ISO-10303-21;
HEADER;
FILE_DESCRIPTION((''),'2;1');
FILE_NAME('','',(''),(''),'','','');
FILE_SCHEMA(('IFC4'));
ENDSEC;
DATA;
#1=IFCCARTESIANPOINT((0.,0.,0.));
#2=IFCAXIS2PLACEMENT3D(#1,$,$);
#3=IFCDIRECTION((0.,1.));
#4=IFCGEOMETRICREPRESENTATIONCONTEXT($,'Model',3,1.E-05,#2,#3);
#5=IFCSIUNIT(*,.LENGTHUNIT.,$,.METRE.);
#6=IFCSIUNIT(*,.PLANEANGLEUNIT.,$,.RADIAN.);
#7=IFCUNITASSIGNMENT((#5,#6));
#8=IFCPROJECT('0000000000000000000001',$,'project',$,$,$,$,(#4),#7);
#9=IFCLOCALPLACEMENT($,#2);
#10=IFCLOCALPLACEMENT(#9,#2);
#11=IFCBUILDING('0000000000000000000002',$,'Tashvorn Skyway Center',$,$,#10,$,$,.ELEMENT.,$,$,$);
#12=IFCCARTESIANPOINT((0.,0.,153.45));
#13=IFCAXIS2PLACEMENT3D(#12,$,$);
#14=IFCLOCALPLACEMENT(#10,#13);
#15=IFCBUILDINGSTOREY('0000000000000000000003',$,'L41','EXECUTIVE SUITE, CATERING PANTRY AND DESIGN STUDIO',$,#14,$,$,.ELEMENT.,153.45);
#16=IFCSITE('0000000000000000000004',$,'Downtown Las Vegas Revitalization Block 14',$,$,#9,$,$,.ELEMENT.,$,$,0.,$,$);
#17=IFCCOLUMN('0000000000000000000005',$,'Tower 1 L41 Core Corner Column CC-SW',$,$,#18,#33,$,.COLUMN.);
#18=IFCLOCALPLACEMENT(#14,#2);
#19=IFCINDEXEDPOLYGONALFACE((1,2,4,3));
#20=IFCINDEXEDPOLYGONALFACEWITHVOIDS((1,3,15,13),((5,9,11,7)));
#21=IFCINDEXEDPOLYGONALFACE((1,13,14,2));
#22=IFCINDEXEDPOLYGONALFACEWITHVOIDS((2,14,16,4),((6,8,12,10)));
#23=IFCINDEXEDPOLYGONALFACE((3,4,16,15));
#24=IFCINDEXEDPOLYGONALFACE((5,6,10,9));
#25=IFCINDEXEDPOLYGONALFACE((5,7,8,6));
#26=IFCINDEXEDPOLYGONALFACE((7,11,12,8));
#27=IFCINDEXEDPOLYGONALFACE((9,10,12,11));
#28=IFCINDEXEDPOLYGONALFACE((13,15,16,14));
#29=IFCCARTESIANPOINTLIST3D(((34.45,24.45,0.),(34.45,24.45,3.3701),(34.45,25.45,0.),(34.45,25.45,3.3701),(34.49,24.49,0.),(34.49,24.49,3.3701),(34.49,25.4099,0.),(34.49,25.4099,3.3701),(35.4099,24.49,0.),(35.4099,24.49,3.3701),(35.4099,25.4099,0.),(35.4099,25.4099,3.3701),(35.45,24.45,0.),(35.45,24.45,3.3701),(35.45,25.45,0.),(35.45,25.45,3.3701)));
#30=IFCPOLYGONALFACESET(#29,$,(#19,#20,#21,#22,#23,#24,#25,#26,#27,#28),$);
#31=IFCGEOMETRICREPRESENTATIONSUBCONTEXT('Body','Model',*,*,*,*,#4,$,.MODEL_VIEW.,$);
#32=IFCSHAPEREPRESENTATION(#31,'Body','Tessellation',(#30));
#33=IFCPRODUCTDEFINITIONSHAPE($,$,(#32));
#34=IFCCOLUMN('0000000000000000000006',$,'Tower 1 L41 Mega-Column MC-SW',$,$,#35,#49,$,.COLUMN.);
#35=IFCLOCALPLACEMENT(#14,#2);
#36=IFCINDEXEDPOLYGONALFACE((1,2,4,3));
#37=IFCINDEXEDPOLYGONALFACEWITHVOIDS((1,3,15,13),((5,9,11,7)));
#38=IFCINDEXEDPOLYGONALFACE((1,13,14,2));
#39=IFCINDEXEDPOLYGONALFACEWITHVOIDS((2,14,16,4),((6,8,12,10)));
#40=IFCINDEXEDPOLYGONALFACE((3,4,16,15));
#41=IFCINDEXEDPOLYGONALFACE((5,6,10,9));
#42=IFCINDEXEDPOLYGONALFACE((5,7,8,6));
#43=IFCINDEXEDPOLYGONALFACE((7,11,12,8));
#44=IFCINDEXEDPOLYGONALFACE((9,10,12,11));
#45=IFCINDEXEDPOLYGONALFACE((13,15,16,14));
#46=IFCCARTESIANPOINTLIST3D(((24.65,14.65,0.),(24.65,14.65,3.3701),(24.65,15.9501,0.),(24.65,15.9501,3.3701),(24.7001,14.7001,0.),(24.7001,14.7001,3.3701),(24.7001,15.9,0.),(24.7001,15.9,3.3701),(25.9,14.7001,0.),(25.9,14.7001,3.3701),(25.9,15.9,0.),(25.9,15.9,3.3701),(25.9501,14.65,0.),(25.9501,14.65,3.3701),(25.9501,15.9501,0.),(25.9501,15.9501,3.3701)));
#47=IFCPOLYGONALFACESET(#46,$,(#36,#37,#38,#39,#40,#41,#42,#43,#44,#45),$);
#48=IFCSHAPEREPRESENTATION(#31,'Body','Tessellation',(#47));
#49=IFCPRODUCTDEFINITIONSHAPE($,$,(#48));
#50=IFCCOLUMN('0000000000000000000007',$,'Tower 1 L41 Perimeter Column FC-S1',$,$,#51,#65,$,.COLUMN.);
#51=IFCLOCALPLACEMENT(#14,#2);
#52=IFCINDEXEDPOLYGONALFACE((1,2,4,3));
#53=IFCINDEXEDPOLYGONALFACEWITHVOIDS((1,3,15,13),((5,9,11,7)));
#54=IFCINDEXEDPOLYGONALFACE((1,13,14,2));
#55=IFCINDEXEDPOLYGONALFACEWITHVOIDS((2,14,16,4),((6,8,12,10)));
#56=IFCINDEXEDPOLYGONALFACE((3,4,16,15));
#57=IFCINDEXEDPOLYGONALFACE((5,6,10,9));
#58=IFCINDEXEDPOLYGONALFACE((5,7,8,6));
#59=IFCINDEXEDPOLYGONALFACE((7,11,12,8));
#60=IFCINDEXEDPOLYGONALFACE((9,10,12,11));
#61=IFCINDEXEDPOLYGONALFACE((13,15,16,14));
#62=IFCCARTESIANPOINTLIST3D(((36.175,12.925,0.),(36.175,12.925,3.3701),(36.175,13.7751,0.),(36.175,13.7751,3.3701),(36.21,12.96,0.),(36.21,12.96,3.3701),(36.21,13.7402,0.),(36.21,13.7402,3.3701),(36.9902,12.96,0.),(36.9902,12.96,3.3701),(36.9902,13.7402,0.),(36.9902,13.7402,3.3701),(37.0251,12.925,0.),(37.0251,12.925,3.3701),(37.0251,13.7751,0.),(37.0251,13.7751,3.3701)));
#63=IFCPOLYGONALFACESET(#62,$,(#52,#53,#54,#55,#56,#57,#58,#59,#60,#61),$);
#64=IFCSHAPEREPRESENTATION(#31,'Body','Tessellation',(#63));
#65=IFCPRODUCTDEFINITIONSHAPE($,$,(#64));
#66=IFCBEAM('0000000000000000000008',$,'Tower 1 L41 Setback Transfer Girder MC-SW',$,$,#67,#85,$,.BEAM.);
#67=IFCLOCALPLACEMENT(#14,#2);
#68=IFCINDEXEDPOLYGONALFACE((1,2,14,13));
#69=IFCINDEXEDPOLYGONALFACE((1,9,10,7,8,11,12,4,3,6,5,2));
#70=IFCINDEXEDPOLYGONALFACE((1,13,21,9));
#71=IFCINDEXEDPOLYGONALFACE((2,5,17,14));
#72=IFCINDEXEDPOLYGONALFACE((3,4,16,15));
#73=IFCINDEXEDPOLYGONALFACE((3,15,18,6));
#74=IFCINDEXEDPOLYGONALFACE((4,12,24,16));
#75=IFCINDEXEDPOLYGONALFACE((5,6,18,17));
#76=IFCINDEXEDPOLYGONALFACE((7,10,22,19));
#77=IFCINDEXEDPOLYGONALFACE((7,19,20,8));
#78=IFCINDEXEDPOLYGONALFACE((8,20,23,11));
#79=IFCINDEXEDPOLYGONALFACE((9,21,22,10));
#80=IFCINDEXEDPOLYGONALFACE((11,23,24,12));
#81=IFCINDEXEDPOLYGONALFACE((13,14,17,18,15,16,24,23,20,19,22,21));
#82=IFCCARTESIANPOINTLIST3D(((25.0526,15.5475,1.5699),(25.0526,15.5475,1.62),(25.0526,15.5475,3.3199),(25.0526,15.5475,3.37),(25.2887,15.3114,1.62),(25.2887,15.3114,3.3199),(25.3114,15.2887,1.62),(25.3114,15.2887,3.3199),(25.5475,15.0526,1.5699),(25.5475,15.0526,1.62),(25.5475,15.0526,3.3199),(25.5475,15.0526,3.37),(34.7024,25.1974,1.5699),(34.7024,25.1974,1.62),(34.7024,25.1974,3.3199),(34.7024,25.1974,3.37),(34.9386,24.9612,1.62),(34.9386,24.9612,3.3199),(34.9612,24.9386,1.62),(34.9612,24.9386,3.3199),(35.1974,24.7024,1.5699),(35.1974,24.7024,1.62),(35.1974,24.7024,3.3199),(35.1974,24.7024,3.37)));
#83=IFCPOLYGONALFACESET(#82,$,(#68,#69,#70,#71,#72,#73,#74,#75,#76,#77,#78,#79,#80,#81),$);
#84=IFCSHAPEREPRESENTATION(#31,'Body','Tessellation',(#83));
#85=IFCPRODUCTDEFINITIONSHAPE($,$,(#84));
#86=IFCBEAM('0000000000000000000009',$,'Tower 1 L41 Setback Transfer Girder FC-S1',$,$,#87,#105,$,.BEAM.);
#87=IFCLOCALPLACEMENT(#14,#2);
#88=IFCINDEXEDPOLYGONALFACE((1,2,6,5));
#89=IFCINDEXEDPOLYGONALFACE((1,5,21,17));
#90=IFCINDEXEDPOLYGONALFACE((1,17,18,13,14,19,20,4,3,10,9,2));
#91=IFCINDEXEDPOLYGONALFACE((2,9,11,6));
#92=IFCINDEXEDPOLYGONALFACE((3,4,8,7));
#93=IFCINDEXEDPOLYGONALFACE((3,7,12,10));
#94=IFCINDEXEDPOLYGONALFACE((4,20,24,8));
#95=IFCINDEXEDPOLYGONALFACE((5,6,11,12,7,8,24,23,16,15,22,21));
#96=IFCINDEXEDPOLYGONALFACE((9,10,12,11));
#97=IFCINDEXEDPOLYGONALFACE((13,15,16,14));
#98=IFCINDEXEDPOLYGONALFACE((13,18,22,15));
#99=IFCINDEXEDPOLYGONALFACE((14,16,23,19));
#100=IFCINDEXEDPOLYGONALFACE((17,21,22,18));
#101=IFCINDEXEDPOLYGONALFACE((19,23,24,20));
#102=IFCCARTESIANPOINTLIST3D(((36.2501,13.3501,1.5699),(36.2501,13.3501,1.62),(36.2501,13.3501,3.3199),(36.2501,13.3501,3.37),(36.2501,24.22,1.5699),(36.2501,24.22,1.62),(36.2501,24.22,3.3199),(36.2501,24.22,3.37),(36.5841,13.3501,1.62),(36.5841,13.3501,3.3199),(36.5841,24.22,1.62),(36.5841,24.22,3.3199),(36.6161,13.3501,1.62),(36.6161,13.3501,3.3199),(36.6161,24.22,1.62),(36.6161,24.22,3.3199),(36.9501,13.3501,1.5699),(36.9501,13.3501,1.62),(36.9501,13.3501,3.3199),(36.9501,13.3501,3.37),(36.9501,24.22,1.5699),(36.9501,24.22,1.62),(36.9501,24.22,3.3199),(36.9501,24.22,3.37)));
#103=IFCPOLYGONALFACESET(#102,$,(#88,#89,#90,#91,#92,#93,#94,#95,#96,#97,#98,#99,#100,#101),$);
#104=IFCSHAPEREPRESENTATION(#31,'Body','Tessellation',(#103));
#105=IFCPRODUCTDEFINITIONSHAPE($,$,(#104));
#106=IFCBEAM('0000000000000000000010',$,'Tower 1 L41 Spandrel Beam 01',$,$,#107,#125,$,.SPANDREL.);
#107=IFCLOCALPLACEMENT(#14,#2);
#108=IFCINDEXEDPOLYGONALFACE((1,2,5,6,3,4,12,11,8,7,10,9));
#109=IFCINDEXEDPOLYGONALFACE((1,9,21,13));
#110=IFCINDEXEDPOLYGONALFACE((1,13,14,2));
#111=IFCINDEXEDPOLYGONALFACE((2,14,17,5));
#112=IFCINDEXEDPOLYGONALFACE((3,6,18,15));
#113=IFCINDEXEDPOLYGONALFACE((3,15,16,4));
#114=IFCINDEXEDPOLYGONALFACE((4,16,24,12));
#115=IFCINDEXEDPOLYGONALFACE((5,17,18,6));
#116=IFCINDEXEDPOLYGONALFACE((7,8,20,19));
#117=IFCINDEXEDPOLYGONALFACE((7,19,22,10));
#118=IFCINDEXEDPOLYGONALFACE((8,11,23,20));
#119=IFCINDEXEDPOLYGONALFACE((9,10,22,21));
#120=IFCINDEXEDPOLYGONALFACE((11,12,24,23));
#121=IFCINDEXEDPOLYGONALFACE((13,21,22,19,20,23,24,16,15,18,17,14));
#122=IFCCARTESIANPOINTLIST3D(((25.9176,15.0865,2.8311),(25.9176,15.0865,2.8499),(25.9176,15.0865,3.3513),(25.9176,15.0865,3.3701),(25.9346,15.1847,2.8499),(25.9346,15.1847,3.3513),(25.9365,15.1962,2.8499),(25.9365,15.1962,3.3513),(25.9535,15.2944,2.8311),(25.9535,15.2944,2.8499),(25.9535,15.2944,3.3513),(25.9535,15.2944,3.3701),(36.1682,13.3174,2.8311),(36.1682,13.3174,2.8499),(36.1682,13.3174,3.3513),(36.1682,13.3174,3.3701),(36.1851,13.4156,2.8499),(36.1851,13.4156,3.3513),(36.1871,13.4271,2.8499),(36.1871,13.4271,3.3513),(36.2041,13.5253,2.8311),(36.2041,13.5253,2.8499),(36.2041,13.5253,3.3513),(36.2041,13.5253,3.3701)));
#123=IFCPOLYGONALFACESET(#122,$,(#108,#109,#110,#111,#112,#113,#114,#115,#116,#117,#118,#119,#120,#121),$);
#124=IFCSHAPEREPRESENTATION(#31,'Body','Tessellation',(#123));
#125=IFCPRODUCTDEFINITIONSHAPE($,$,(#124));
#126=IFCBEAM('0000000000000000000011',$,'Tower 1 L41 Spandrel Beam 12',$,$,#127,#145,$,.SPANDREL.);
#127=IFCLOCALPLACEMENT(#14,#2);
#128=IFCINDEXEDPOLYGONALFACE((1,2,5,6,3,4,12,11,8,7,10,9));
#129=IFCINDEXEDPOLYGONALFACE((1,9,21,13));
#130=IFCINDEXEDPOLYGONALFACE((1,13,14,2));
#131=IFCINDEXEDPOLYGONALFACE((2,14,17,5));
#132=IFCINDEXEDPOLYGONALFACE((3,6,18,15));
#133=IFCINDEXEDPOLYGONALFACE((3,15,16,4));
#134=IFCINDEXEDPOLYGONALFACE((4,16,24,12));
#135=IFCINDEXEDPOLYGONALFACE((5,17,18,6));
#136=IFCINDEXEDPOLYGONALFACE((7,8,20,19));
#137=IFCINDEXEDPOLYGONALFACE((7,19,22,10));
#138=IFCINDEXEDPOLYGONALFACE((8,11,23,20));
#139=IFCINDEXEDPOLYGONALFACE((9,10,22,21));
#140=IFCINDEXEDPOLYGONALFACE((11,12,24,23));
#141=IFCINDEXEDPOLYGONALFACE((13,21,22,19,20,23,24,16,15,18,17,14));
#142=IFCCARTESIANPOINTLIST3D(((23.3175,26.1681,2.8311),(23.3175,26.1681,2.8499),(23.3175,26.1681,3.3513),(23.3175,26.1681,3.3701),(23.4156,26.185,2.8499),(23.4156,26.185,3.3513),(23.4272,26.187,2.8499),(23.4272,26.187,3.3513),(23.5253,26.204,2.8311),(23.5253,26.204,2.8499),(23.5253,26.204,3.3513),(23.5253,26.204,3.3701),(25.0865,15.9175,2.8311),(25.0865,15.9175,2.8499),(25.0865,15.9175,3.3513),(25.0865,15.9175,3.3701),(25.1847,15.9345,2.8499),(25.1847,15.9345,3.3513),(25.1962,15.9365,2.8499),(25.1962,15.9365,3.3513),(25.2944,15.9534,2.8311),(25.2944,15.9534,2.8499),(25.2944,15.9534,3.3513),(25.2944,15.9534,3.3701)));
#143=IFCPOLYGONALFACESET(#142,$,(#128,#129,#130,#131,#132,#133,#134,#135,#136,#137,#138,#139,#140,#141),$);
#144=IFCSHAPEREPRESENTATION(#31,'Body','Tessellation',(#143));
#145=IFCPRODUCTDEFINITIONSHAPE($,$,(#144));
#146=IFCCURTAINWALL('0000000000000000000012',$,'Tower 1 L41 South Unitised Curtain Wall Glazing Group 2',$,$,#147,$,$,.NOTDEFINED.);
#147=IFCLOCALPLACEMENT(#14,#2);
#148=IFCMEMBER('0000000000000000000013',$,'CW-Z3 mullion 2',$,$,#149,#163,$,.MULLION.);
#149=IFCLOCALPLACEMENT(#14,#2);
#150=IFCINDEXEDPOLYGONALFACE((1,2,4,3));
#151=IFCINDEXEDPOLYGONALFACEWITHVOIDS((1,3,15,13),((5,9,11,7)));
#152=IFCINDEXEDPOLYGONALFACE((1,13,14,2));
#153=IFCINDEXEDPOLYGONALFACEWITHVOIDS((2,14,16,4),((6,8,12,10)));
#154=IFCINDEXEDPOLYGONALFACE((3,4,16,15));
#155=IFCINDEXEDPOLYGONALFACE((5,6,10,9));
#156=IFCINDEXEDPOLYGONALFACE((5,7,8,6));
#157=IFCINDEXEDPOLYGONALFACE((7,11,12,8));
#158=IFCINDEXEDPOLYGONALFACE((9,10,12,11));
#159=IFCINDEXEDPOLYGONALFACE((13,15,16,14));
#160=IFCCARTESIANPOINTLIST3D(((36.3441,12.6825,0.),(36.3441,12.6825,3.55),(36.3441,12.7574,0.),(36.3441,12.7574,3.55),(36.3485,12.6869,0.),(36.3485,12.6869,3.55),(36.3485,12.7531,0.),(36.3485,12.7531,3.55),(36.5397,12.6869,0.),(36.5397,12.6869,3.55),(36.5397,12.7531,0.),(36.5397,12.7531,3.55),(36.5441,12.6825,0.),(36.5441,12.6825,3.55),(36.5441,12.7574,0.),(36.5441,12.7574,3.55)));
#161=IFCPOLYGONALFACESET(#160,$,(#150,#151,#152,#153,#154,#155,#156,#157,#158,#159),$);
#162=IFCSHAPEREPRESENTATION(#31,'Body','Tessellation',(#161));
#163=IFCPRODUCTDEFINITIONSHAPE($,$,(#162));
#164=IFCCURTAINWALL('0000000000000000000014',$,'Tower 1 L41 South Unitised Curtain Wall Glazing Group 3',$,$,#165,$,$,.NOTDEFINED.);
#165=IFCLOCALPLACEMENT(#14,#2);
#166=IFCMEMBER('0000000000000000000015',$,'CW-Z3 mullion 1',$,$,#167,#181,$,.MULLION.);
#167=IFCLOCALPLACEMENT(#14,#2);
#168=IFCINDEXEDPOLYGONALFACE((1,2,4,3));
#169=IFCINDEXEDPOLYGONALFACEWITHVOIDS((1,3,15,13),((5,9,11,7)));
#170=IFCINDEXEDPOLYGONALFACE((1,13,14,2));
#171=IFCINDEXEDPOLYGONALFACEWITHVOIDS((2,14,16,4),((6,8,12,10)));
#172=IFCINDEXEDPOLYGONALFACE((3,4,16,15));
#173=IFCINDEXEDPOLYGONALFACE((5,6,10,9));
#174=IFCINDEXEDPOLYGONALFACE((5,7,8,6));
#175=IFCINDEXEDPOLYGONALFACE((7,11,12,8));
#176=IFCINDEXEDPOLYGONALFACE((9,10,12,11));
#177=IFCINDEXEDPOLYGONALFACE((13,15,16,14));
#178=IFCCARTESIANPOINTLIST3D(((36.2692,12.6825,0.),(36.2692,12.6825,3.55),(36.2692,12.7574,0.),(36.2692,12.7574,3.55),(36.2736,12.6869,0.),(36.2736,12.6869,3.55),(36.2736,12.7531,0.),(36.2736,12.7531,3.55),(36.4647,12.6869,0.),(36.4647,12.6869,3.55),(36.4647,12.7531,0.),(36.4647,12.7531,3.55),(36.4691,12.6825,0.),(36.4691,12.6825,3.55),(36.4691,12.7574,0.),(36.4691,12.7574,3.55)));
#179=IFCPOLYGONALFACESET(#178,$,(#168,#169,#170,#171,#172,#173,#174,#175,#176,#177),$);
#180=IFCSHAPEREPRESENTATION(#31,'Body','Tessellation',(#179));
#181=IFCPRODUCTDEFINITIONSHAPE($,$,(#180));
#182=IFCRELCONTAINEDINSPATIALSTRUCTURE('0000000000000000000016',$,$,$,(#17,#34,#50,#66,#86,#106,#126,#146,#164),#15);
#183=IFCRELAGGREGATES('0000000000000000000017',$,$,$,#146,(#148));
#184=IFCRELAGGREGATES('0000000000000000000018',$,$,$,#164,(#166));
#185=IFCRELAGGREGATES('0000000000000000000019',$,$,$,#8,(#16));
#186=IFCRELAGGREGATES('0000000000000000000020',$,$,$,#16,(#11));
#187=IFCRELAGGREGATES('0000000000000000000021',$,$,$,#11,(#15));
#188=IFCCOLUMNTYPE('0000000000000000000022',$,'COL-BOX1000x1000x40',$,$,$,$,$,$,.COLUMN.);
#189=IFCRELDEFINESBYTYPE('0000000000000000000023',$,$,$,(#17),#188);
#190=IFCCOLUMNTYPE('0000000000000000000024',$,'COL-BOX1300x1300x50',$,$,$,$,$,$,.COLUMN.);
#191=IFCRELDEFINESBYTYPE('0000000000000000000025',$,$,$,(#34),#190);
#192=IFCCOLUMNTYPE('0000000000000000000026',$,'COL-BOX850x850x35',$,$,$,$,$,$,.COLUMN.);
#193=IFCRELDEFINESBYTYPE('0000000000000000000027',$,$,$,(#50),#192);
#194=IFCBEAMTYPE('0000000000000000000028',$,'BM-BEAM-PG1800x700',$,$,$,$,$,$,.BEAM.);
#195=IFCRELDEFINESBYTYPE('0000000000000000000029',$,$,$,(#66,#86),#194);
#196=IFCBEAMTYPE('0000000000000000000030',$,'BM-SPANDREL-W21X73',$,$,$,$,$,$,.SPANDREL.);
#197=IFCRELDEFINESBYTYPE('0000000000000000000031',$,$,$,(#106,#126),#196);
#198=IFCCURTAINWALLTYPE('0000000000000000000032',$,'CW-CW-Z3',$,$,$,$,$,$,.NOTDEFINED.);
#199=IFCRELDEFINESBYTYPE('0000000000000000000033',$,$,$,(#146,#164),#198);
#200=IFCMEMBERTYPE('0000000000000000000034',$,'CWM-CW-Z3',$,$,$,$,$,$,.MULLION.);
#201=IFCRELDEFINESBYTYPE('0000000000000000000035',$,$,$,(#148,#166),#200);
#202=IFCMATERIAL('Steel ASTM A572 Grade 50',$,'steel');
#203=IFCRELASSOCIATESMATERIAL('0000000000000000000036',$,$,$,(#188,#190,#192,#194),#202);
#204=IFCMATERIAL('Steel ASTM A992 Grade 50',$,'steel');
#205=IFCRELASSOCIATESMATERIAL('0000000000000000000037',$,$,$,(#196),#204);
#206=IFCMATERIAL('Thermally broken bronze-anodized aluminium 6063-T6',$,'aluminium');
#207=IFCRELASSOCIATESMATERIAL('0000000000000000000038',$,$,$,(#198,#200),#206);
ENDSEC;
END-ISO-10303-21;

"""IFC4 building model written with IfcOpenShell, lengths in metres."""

from ifc_helpers import new_model, si_unit, direction, frame, origin, origin_2d, place, context, subcontext, project, spatial, hollow_rectangle, i_section, extrude, material, material_profile, profile_set, type_object, element, aggregate, save


model = new_model("IFC4")

# Units and contexts
model_context = context("Model", 3, precision=1e-05, world=origin(), true_north=direction((0.0, 1.0)))
body_context = subcontext(model_context, "Body", "Model", "MODEL_VIEW")
ifc_project = project(units=[si_unit("LENGTHUNIT", "METRE"), si_unit("PLANEANGLEUNIT", "RADIAN")], contexts=[model_context])

# Site, building, storey
site_placement = place(None, origin())
site = spatial("IfcSite", under=ifc_project, at=site_placement, Name="Downtown Las Vegas Revitalization Block 14", CompositionType="ELEMENT", RefElevation=0.0)
building_placement = place(site_placement, origin())
building = spatial("IfcBuilding", under=site, at=building_placement, Name="Tashvorn Skyway Center", CompositionType="ELEMENT")
storey_placement = place(building_placement, frame((0.0, 0.0, 153.45)))
storey = spatial("IfcBuildingStorey", under=building, at=storey_placement, Name="L41", Description="EXECUTIVE SUITE, CATERING PANTRY AND DESIGN STUDIO", CompositionType="ELEMENT", Elevation=153.45)

# Columns
ifc_material_1 = material(Name="Steel ASTM A572 Grade 50", Category="steel")
ifc_material_profile_1 = material_profile(ifc_material_1, hollow_rectangle(XDim=1.0, YDim=1.0, WallThickness=0.04, at=origin_2d()), Name="BOX1000x1000x40")
ifc_profile_set_1 = profile_set([ifc_material_profile_1], Name="Steel ASTM A572 Grade 50")
column_type_1 = type_object("IfcColumnType", Name="COL-BOX1000x1000x40", PredefinedType="COLUMN", material=ifc_profile_set_1)
column_1_placement = place(storey_placement, frame((34.95, 24.95, 0.0), z_axis=(0.0, 0.0, 1.0), x_axis=(1.0, 0.0, 0.0)))
element("IfcColumn", 1, at=column_1_placement, inside=storey, type_object=column_type_1, Name="Tower 1 L41 Core Corner Column CC-SW", PredefinedType="COLUMN", context=body_context, shape_type="SweptSolid", body=[
    extrude(hollow_rectangle(XDim=1.0, YDim=1.0, WallThickness=0.04, at=origin_2d()), origin(), (0.0, 0.0, 1.0), 3.3701),
])
ifc_material_profile_2 = material_profile(ifc_material_1, hollow_rectangle(XDim=1.3, YDim=1.3, WallThickness=0.05, at=origin_2d()), Name="BOX1300x1300x50")
ifc_profile_set_2 = profile_set([ifc_material_profile_2], Name="Steel ASTM A572 Grade 50")
column_type_2 = type_object("IfcColumnType", Name="COL-BOX1300x1300x50", PredefinedType="COLUMN", material=ifc_profile_set_2)
column_2_placement = place(storey_placement, frame((25.3, 15.3, 0.0), z_axis=(0.0, 0.0, 1.0), x_axis=(1.0, 0.0, 0.0)))
element("IfcColumn", 2, at=column_2_placement, inside=storey, type_object=column_type_2, Name="Tower 1 L41 Mega-Column MC-SW", PredefinedType="COLUMN", context=body_context, shape_type="SweptSolid", body=[
    extrude(hollow_rectangle(XDim=1.3, YDim=1.3, WallThickness=0.05, at=origin_2d()), origin(), (0.0, 0.0, 1.0), 3.3701),
])
ifc_material_profile_3 = material_profile(ifc_material_1, hollow_rectangle(XDim=0.8501, YDim=0.8501, WallThickness=0.0349, at=origin_2d()), Name="BOX850x850x35")
ifc_profile_set_3 = profile_set([ifc_material_profile_3], Name="Steel ASTM A572 Grade 50")
column_type_3 = type_object("IfcColumnType", Name="COL-BOX850x850x35", PredefinedType="COLUMN", material=ifc_profile_set_3)
column_3_placement = place(storey_placement, frame((36.6001, 13.3501, 0.0), z_axis=(0.0, 0.0, 1.0), x_axis=(1.0, 0.0, 0.0)))
element("IfcColumn", 3, at=column_3_placement, inside=storey, type_object=column_type_3, Name="Tower 1 L41 Perimeter Column FC-S1", PredefinedType="COLUMN", context=body_context, shape_type="SweptSolid", body=[
    extrude(hollow_rectangle(XDim=0.8501, YDim=0.8501, WallThickness=0.0349, at=origin_2d()), origin(), (0.0, 0.0, 1.0), 3.3701),
])

# Beams
ifc_material_profile_4 = material_profile(ifc_material_1, i_section(OverallWidth=0.7, OverallDepth=1.8, WebThickness=0.032, FlangeThickness=0.05, at=origin_2d()), Name="PG1800x700")
ifc_profile_set_4 = profile_set([ifc_material_profile_4], Name="Steel ASTM A572 Grade 50")
beam_type_1 = type_object("IfcBeamType", Name="BM-BEAM-PG1800x700", PredefinedType="BEAM", material=ifc_profile_set_4)
beam_1_placement = place(storey_placement, frame((25.3, 15.3, 2.47), z_axis=(0.707107, 0.707107, 0.0), x_axis=(-0.707107, 0.707107, 0.0)))
element("IfcBeam", 4, at=beam_1_placement, inside=storey, type_object=beam_type_1, Name="Tower 1 L41 Setback Transfer Girder MC-SW", PredefinedType="BEAM", context=body_context, shape_type="SweptSolid", body=[
    extrude(i_section(OverallWidth=0.7, OverallDepth=1.8, WebThickness=0.032, FlangeThickness=0.05, at=origin_2d()), origin(), (0.0, 0.0, 1.0), 13.647),
])
beam_2_placement = place(storey_placement, frame((36.6001, 13.3501, 2.47), z_axis=(0.0, 1.0, 0.0), x_axis=(-1.0, 0.0, 0.0)))
element("IfcBeam", 5, at=beam_2_placement, inside=storey, type_object=beam_type_1, Name="Tower 1 L41 Setback Transfer Girder FC-S1", PredefinedType="BEAM", context=body_context, shape_type="SweptSolid", body=[
    extrude(i_section(OverallWidth=0.7, OverallDepth=1.8, WebThickness=0.032, FlangeThickness=0.05, at=origin_2d()), origin(), (0.0, 0.0, 1.0), 10.8699),
])
ifc_material_2 = material(Name="Steel ASTM A992 Grade 50", Category="steel")
ifc_material_profile_5 = material_profile(ifc_material_2, i_section(OverallWidth=0.2109, OverallDepth=0.5391, WebThickness=0.0117, FlangeThickness=0.0188, at=origin_2d()), Name="W21X73")
ifc_profile_set_5 = profile_set([ifc_material_profile_5], Name="Steel ASTM A992 Grade 50")
beam_type_2 = type_object("IfcBeamType", Name="BM-SPANDREL-W21X73", PredefinedType="SPANDREL", material=ifc_profile_set_5)
for number, where, z_axis, x_axis, name in (
    (6, (25.9355, 15.1904, 3.1006), (0.985432, -0.170067, 0.0), (0.170067, 0.985432, 0.0), "Tower 1 L41 Spandrel Beam 01"),
    (7, (23.4214, 26.186, 3.1006), (0.170067, -0.985432, 0.0), (0.985432, 0.170067, 0.0), "Tower 1 L41 Spandrel Beam 12"),
):
    element("IfcBeam", number, at=place(storey_placement, frame(where, z_axis=z_axis, x_axis=x_axis)), inside=storey, type_object=beam_type_2, Name=name, PredefinedType="SPANDREL", context=body_context, shape_type="SweptSolid", body=[
        extrude(i_section(OverallWidth=0.2109, OverallDepth=0.5391, WebThickness=0.0117, FlangeThickness=0.0188, at=origin_2d()), origin(), (0.0, 0.0, 1.0), 10.4021),
    ])

# Curtain wall, member
ifc_material_3 = material(Name="Thermally broken bronze-anodized aluminium 6063-T6", Category="aluminium")
curtain_wall_type = type_object("IfcCurtainWallType", Name="CW-CW-Z3", PredefinedType="NOTDEFINED", material=ifc_material_3)
curtain_wall_1_placement = place(storey_placement, origin())
curtain_wall_1 = element("IfcCurtainWall", 8, at=curtain_wall_1_placement, inside=storey, type_object=curtain_wall_type, Name="Tower 1 L41 South Unitised Curtain Wall Glazing Group 2", PredefinedType="NOTDEFINED")
ifc_material_profile_6 = material_profile(ifc_material_3, hollow_rectangle(XDim=0.075, YDim=0.2, WallThickness=0.0044, at=origin_2d()), Name="ALU-MULL-75x200")
ifc_profile_set_6 = profile_set([ifc_material_profile_6], Name="Thermally broken bronze-anodized aluminium 6063-T6")
member_type_1 = type_object("IfcMemberType", Name="CWM-CW-Z3", PredefinedType="MULLION", material=ifc_profile_set_6)
member_1_placement = place(storey_placement, frame((36.4441, 12.72, 0.0), z_axis=(0.0, 0.0, 1.0), x_axis=(0.0, -1.0, 0.0)))
member_1 = element("IfcMember", 9, at=member_1_placement, type_object=member_type_1, Name="CW-Z3 mullion 2", PredefinedType="MULLION", context=body_context, shape_type="SweptSolid", body=[
    extrude(hollow_rectangle(XDim=0.075, YDim=0.2, WallThickness=0.0044, at=origin_2d()), origin(), (0.0, 0.0, 1.0), 3.55),
])
aggregate(curtain_wall_1, [member_1])

# Curtain wall, member
curtain_wall_2_placement = place(storey_placement, origin())
curtain_wall_2 = element("IfcCurtainWall", 10, at=curtain_wall_2_placement, inside=storey, type_object=curtain_wall_type, Name="Tower 1 L41 South Unitised Curtain Wall Glazing Group 3", PredefinedType="NOTDEFINED")
member_2_placement = place(storey_placement, frame((36.3691, 12.72, 0.0), z_axis=(0.0, 0.0, 1.0), x_axis=(0.0, -1.0, 0.0)))
member_2 = element("IfcMember", 11, at=member_2_placement, type_object=member_type_1, Name="CW-Z3 mullion 1", PredefinedType="MULLION", context=body_context, shape_type="SweptSolid", body=[
    extrude(hollow_rectangle(XDim=0.075, YDim=0.2, WallThickness=0.0044, at=origin_2d()), origin(), (0.0, 0.0, 1.0), 3.55),
])
aggregate(curtain_wall_2, [member_2])

save(model, "model.ifc")
